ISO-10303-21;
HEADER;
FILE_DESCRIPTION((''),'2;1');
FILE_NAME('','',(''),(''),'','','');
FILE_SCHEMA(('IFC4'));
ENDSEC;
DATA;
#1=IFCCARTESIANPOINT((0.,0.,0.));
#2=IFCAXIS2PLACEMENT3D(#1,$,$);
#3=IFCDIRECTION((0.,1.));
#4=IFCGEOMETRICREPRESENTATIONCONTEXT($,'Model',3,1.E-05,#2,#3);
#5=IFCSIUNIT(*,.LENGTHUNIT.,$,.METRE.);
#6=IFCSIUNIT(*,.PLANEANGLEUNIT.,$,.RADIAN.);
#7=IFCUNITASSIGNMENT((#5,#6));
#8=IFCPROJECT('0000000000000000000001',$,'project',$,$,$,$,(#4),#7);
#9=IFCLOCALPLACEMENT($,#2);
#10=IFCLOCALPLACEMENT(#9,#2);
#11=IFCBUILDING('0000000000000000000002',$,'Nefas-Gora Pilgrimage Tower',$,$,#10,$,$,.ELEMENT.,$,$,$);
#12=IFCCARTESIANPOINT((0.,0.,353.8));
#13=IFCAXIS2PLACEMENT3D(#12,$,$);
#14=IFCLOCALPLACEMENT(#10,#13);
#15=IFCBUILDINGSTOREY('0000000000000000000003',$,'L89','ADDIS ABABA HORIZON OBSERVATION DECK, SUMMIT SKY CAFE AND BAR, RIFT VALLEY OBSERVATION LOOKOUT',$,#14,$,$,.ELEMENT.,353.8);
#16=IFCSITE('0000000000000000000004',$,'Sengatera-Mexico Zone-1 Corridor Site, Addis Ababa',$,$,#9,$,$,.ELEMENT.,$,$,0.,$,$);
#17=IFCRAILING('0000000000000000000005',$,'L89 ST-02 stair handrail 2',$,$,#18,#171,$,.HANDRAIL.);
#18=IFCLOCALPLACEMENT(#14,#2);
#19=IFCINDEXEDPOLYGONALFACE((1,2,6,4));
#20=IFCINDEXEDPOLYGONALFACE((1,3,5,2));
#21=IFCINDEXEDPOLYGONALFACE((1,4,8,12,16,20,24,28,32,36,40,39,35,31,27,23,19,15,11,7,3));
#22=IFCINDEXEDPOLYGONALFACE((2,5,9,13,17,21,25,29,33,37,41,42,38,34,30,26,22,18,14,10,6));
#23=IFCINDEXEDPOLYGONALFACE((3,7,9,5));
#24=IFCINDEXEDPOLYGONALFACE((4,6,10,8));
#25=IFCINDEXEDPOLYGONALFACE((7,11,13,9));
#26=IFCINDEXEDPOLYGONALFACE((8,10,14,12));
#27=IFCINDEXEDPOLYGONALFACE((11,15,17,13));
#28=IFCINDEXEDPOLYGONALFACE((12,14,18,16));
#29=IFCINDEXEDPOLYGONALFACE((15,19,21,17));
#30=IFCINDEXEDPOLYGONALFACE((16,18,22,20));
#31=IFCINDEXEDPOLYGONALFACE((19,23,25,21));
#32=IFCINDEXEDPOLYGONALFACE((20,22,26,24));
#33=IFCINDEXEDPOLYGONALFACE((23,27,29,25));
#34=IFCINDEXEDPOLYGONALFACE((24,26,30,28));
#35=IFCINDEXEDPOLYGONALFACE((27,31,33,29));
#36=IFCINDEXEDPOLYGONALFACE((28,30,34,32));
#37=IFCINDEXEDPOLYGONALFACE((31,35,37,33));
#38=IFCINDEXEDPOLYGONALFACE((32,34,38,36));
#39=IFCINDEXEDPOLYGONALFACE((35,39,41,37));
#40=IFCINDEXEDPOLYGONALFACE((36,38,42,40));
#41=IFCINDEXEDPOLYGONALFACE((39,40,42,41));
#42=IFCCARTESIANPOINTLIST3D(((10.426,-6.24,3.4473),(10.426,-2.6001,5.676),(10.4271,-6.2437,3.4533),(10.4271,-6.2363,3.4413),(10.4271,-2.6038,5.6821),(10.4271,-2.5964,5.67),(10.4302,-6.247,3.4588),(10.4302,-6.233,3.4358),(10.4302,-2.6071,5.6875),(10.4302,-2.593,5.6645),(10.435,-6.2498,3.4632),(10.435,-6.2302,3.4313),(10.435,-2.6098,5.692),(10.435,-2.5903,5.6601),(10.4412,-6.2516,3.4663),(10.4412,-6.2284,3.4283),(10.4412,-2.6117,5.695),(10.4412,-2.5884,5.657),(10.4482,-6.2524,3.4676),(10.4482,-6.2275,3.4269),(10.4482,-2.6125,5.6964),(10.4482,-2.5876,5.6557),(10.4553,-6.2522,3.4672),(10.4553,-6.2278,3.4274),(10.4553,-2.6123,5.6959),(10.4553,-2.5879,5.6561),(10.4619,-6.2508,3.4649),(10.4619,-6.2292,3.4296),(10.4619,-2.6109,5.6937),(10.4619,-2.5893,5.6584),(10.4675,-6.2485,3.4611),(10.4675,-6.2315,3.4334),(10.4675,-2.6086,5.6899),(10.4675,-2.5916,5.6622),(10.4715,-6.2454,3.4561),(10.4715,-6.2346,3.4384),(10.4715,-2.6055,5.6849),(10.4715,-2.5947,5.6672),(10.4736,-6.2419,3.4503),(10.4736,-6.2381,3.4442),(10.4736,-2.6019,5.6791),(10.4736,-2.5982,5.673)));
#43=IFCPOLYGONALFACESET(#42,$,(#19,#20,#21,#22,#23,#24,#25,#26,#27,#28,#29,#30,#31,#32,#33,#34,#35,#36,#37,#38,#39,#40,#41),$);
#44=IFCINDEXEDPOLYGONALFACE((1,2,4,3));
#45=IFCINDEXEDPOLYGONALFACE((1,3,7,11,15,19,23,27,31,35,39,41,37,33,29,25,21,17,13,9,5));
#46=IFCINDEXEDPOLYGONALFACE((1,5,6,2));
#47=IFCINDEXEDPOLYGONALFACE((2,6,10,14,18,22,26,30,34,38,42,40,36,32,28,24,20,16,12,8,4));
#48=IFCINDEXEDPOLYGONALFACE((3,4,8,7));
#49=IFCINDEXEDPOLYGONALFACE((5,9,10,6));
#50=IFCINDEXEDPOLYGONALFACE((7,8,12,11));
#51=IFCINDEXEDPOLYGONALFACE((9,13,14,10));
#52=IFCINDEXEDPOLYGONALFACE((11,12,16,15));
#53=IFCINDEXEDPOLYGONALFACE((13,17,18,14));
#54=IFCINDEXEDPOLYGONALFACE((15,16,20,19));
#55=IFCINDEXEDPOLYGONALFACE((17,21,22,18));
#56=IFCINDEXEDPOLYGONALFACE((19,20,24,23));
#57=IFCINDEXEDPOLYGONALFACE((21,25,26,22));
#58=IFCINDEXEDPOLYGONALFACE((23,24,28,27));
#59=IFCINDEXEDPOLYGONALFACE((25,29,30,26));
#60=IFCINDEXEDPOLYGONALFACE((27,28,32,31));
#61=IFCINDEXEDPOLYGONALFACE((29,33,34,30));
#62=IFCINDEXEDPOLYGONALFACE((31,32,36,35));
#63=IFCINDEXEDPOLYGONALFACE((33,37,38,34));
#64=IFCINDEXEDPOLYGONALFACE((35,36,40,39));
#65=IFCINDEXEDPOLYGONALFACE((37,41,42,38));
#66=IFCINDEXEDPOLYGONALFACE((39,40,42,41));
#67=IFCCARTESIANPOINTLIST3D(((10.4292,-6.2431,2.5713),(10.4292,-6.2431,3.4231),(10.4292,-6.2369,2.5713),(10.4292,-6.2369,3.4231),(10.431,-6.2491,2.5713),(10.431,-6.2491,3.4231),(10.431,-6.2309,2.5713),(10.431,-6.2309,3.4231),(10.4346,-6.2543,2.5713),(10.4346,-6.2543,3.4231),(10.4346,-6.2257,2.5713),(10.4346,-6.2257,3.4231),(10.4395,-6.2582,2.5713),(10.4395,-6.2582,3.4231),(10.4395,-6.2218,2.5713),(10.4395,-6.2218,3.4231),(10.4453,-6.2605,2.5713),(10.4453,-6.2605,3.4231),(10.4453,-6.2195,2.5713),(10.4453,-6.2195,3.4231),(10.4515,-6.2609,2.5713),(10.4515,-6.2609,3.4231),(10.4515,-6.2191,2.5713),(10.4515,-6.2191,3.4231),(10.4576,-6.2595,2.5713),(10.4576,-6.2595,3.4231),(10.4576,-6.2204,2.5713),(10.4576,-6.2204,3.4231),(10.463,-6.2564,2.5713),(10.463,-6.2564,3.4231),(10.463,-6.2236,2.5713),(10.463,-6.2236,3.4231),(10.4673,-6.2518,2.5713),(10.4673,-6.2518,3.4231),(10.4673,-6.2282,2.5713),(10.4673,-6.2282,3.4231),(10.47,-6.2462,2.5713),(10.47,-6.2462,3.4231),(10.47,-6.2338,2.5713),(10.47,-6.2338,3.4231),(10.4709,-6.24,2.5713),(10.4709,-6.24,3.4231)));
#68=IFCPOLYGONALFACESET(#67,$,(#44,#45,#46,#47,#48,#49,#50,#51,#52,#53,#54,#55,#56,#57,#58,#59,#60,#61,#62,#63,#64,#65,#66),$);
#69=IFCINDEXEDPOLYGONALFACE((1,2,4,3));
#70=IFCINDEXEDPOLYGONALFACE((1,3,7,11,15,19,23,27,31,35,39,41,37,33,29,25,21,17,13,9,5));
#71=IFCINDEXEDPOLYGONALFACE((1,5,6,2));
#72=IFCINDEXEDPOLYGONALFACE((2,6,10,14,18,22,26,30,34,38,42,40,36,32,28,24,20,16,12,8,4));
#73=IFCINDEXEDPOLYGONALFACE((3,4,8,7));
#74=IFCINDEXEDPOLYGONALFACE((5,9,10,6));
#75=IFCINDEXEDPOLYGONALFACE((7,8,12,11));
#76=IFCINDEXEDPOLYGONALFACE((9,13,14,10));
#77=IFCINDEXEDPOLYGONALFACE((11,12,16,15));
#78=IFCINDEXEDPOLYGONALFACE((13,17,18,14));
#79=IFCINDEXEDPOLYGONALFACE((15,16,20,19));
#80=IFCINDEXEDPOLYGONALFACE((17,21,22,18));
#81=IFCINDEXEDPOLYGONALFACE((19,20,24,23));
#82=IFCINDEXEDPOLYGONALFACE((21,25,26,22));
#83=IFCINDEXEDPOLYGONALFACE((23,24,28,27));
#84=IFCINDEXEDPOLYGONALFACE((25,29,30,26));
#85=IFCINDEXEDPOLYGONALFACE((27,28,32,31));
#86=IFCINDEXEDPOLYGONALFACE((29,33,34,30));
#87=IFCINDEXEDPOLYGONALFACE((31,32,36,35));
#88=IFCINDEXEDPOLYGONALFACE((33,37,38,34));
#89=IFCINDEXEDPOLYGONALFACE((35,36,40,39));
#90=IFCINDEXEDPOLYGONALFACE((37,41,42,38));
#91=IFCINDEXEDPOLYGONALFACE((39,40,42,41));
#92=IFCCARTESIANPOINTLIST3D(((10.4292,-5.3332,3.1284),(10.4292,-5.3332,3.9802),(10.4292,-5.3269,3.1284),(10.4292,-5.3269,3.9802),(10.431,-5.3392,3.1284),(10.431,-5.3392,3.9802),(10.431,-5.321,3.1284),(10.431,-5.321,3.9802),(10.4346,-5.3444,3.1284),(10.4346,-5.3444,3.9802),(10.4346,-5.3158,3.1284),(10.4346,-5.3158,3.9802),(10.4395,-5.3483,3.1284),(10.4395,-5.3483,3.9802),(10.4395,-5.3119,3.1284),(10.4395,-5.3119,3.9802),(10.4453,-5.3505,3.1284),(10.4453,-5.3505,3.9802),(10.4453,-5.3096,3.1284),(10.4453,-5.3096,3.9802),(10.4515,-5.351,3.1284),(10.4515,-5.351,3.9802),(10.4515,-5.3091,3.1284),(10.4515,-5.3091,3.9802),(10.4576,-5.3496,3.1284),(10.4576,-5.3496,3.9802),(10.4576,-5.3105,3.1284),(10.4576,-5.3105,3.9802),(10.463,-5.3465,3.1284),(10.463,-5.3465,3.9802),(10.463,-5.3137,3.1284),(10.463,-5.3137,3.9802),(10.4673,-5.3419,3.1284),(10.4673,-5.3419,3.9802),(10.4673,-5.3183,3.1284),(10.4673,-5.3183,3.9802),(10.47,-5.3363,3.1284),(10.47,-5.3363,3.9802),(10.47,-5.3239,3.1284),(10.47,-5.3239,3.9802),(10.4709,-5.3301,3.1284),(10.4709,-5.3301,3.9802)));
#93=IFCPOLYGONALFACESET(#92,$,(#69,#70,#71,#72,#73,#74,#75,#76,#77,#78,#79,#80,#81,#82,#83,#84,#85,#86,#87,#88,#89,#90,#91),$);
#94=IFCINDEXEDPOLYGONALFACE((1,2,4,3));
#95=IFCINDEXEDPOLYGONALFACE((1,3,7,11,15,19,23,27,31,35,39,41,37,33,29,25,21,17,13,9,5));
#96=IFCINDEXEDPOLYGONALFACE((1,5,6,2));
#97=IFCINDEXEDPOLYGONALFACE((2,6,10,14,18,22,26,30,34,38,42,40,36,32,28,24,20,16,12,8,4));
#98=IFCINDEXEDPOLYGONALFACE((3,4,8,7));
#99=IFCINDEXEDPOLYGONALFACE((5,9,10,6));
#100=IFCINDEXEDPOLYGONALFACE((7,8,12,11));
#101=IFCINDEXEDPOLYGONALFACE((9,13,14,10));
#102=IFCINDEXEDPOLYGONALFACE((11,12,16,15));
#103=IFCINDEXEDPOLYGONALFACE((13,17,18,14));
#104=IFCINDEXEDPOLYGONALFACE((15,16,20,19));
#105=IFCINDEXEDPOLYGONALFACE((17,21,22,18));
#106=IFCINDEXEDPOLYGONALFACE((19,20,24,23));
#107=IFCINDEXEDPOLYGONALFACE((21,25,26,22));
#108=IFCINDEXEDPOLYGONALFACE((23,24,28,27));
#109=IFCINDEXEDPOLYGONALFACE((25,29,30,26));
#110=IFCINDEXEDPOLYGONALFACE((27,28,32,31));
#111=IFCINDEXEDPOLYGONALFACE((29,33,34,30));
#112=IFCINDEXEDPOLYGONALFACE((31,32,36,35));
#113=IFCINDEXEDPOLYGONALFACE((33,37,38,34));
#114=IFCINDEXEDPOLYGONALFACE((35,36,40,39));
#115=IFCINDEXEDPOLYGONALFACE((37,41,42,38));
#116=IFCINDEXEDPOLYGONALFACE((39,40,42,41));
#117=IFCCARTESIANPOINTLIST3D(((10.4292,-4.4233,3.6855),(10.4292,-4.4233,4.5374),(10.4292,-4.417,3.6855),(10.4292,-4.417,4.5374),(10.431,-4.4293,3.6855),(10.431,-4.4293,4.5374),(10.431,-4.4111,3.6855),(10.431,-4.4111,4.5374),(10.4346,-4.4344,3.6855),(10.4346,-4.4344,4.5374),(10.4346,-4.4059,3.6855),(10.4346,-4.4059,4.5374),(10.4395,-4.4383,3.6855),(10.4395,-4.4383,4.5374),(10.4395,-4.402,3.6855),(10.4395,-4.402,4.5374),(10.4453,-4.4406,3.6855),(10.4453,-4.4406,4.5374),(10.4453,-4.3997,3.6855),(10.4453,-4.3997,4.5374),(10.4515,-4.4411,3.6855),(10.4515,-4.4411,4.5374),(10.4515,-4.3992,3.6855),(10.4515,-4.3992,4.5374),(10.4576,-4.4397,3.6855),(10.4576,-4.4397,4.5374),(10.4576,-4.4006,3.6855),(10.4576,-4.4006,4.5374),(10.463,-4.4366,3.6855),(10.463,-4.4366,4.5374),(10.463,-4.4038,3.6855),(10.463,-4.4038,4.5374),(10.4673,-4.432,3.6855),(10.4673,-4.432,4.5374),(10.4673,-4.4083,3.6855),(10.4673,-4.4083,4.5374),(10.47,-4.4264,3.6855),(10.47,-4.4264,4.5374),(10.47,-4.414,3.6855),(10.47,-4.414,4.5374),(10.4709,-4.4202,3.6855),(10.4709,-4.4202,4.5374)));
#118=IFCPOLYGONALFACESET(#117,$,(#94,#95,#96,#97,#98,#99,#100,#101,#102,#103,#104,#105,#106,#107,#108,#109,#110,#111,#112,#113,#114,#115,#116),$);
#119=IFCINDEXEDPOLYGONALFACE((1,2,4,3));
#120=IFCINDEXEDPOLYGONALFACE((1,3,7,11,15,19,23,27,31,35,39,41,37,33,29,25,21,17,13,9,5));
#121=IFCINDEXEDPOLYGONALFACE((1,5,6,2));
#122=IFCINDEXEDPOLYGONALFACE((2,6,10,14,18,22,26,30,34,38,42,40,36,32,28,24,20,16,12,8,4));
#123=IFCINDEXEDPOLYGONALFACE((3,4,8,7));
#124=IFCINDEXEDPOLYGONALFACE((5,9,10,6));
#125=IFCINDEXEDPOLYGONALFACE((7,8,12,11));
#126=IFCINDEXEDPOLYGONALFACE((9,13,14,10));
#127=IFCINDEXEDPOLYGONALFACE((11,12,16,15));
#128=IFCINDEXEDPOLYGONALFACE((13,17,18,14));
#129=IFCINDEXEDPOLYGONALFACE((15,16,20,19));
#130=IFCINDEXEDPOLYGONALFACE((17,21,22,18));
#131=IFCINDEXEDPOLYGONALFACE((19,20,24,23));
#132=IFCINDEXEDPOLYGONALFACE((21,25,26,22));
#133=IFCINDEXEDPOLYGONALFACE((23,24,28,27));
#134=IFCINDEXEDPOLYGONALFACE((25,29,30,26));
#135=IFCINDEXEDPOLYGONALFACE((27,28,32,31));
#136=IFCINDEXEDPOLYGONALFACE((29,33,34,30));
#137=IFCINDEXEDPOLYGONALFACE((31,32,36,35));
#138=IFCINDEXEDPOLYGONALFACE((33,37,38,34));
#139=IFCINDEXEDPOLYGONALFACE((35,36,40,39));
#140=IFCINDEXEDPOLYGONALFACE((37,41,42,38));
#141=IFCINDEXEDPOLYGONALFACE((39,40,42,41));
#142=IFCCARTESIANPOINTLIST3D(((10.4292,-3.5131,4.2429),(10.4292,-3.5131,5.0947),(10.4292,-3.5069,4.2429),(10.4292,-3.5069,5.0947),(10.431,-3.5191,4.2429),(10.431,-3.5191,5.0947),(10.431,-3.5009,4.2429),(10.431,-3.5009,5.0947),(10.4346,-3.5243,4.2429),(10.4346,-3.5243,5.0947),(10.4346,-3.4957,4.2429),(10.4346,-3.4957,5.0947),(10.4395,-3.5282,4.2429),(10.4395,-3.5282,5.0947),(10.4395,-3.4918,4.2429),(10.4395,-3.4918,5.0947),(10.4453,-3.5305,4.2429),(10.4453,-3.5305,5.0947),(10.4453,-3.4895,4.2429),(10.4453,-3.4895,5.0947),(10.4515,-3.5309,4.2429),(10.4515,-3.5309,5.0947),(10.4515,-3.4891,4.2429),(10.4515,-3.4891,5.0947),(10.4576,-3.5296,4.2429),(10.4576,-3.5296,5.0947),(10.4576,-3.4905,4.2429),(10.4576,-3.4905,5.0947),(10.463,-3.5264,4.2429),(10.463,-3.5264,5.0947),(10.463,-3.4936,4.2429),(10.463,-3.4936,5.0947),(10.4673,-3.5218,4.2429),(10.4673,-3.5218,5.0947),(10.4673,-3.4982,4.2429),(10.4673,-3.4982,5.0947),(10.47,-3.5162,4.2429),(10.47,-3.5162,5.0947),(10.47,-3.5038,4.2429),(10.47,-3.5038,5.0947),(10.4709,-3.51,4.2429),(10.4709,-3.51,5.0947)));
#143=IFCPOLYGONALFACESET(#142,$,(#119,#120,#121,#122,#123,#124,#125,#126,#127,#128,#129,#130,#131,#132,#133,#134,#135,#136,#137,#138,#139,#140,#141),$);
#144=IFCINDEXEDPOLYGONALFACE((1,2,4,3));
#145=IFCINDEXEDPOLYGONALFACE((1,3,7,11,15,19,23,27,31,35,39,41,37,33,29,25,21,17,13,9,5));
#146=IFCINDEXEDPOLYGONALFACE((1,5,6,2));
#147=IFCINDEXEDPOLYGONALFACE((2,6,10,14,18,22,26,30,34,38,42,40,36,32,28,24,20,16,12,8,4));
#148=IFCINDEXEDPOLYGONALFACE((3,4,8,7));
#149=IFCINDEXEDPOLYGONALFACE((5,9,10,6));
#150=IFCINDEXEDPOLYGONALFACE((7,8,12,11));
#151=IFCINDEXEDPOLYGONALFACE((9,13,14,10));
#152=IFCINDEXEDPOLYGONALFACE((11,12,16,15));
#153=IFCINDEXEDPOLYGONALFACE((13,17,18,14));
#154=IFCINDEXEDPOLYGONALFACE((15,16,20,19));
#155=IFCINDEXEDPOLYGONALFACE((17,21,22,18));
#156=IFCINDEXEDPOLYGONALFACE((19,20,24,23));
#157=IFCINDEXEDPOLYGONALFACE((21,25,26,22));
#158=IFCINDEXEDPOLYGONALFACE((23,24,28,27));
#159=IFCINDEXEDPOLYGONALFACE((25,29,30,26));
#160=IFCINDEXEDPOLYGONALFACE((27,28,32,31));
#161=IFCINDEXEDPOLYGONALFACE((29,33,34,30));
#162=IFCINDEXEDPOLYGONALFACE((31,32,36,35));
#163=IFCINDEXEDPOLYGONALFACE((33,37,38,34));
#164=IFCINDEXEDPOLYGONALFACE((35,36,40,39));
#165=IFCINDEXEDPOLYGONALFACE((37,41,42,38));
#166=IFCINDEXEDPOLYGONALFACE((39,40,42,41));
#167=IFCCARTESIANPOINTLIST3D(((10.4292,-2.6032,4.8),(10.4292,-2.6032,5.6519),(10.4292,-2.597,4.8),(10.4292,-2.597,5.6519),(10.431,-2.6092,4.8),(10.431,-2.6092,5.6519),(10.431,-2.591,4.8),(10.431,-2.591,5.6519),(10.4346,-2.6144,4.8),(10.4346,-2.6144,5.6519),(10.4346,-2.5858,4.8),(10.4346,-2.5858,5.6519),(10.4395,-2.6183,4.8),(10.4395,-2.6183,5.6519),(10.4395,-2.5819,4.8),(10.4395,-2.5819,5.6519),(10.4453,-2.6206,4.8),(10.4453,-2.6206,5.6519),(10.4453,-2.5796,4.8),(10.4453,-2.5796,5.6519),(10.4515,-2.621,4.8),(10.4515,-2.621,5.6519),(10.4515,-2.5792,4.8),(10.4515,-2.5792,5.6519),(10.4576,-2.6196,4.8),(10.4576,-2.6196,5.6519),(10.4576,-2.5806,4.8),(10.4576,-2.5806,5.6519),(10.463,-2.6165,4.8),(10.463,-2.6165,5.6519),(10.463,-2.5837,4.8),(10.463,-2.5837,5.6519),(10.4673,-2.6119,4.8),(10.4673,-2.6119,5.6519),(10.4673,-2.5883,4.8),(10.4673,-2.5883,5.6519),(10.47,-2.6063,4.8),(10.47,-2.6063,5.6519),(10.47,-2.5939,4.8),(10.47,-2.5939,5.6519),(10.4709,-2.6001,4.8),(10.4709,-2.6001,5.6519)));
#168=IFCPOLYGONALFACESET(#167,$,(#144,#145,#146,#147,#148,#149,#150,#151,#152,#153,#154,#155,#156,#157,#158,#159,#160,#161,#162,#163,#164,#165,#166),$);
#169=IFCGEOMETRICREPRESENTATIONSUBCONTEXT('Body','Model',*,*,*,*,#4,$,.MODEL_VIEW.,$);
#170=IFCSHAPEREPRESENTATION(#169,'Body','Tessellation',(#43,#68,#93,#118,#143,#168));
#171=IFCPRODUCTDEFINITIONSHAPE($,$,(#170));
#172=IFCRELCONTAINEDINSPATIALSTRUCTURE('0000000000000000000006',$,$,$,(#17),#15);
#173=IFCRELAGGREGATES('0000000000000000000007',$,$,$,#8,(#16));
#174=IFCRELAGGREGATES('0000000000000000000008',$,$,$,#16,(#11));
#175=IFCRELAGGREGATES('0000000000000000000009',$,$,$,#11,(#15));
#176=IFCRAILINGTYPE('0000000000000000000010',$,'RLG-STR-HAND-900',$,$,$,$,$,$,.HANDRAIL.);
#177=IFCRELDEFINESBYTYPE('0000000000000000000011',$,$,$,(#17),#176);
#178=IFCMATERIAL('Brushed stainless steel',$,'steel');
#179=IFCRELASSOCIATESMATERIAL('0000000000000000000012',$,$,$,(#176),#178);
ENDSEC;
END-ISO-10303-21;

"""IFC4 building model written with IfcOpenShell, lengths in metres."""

from ifc_helpers import new_model, si_unit, direction, frame, origin, origin_2d, place, context, subcontext, project, spatial, circle, extrude, material, type_object, element, save


model = new_model("IFC4")

# Units and contexts
model_context = context("Model", 3, precision=1e-05, world=origin(), true_north=direction((0.0, 1.0)))
body_context = subcontext(model_context, "Body", "Model", "MODEL_VIEW")
ifc_project = project(units=[si_unit("LENGTHUNIT", "METRE"), si_unit("PLANEANGLEUNIT", "RADIAN")], contexts=[model_context])

# Site, building, storey
site_placement = place(None, origin())
site = spatial("IfcSite", under=ifc_project, at=site_placement, Name="Sengatera-Mexico Zone-1 Corridor Site, Addis Ababa", CompositionType="ELEMENT", RefElevation=0.0)
building_placement = place(site_placement, origin())
building = spatial("IfcBuilding", under=site, at=building_placement, Name="Nefas-Gora Pilgrimage Tower", CompositionType="ELEMENT")
storey_placement = place(building_placement, frame((0.0, 0.0, 353.8)))
storey = spatial("IfcBuildingStorey", under=building, at=storey_placement, Name="L89", Description="ADDIS ABABA HORIZON OBSERVATION DECK, SUMMIT SKY CAFE AND BAR, RIFT VALLEY OBSERVATION LOOKOUT", CompositionType="ELEMENT", Elevation=353.8)

# Railing
ifc_material_1 = material(Name="Brushed stainless steel", Category="steel")
railing_type_1 = type_object("IfcRailingType", Name="RLG-STR-HAND-900", PredefinedType="HANDRAIL", material=ifc_material_1)
railing_1_placement = place(storey_placement, frame((10.45, -6.24, 2.5713)))
element("IfcRailing", 1, at=railing_1_placement, inside=storey, type_object=railing_type_1, Name="L89 ST-02 stair handrail 2", PredefinedType="HANDRAIL", context=body_context, shape_type="SweptSolid", body=[
    extrude(circle(Radius=0.0239, at=origin_2d()), frame((0.0, 0.0, 0.876), z_axis=(0.0, 0.852825, 0.522197), x_axis=(-1.0, 0.0, 0.0)), (0.0, 0.0, 1.0), 4.2681),
    extrude(circle(Radius=0.021, at=origin_2d()), origin(), (0.0, 0.0, 1.0), 0.8518),
    extrude(circle(Radius=0.021, at=origin_2d()), frame((0.0, 0.9099, 0.5571)), (0.0, 0.0, 1.0), 0.8518),
    extrude(circle(Radius=0.021, at=origin_2d()), frame((0.0, 1.8198, 1.1143)), (0.0, 0.0, 1.0), 0.8518),
    extrude(circle(Radius=0.021, at=origin_2d()), frame((0.0, 2.73, 1.6716)), (0.0, 0.0, 1.0), 0.8518),
    extrude(circle(Radius=0.021, at=origin_2d()), frame((0.0, 3.6399, 2.2288)), (0.0, 0.0, 1.0), 0.8518),
])

save(model, "model.ifc")
